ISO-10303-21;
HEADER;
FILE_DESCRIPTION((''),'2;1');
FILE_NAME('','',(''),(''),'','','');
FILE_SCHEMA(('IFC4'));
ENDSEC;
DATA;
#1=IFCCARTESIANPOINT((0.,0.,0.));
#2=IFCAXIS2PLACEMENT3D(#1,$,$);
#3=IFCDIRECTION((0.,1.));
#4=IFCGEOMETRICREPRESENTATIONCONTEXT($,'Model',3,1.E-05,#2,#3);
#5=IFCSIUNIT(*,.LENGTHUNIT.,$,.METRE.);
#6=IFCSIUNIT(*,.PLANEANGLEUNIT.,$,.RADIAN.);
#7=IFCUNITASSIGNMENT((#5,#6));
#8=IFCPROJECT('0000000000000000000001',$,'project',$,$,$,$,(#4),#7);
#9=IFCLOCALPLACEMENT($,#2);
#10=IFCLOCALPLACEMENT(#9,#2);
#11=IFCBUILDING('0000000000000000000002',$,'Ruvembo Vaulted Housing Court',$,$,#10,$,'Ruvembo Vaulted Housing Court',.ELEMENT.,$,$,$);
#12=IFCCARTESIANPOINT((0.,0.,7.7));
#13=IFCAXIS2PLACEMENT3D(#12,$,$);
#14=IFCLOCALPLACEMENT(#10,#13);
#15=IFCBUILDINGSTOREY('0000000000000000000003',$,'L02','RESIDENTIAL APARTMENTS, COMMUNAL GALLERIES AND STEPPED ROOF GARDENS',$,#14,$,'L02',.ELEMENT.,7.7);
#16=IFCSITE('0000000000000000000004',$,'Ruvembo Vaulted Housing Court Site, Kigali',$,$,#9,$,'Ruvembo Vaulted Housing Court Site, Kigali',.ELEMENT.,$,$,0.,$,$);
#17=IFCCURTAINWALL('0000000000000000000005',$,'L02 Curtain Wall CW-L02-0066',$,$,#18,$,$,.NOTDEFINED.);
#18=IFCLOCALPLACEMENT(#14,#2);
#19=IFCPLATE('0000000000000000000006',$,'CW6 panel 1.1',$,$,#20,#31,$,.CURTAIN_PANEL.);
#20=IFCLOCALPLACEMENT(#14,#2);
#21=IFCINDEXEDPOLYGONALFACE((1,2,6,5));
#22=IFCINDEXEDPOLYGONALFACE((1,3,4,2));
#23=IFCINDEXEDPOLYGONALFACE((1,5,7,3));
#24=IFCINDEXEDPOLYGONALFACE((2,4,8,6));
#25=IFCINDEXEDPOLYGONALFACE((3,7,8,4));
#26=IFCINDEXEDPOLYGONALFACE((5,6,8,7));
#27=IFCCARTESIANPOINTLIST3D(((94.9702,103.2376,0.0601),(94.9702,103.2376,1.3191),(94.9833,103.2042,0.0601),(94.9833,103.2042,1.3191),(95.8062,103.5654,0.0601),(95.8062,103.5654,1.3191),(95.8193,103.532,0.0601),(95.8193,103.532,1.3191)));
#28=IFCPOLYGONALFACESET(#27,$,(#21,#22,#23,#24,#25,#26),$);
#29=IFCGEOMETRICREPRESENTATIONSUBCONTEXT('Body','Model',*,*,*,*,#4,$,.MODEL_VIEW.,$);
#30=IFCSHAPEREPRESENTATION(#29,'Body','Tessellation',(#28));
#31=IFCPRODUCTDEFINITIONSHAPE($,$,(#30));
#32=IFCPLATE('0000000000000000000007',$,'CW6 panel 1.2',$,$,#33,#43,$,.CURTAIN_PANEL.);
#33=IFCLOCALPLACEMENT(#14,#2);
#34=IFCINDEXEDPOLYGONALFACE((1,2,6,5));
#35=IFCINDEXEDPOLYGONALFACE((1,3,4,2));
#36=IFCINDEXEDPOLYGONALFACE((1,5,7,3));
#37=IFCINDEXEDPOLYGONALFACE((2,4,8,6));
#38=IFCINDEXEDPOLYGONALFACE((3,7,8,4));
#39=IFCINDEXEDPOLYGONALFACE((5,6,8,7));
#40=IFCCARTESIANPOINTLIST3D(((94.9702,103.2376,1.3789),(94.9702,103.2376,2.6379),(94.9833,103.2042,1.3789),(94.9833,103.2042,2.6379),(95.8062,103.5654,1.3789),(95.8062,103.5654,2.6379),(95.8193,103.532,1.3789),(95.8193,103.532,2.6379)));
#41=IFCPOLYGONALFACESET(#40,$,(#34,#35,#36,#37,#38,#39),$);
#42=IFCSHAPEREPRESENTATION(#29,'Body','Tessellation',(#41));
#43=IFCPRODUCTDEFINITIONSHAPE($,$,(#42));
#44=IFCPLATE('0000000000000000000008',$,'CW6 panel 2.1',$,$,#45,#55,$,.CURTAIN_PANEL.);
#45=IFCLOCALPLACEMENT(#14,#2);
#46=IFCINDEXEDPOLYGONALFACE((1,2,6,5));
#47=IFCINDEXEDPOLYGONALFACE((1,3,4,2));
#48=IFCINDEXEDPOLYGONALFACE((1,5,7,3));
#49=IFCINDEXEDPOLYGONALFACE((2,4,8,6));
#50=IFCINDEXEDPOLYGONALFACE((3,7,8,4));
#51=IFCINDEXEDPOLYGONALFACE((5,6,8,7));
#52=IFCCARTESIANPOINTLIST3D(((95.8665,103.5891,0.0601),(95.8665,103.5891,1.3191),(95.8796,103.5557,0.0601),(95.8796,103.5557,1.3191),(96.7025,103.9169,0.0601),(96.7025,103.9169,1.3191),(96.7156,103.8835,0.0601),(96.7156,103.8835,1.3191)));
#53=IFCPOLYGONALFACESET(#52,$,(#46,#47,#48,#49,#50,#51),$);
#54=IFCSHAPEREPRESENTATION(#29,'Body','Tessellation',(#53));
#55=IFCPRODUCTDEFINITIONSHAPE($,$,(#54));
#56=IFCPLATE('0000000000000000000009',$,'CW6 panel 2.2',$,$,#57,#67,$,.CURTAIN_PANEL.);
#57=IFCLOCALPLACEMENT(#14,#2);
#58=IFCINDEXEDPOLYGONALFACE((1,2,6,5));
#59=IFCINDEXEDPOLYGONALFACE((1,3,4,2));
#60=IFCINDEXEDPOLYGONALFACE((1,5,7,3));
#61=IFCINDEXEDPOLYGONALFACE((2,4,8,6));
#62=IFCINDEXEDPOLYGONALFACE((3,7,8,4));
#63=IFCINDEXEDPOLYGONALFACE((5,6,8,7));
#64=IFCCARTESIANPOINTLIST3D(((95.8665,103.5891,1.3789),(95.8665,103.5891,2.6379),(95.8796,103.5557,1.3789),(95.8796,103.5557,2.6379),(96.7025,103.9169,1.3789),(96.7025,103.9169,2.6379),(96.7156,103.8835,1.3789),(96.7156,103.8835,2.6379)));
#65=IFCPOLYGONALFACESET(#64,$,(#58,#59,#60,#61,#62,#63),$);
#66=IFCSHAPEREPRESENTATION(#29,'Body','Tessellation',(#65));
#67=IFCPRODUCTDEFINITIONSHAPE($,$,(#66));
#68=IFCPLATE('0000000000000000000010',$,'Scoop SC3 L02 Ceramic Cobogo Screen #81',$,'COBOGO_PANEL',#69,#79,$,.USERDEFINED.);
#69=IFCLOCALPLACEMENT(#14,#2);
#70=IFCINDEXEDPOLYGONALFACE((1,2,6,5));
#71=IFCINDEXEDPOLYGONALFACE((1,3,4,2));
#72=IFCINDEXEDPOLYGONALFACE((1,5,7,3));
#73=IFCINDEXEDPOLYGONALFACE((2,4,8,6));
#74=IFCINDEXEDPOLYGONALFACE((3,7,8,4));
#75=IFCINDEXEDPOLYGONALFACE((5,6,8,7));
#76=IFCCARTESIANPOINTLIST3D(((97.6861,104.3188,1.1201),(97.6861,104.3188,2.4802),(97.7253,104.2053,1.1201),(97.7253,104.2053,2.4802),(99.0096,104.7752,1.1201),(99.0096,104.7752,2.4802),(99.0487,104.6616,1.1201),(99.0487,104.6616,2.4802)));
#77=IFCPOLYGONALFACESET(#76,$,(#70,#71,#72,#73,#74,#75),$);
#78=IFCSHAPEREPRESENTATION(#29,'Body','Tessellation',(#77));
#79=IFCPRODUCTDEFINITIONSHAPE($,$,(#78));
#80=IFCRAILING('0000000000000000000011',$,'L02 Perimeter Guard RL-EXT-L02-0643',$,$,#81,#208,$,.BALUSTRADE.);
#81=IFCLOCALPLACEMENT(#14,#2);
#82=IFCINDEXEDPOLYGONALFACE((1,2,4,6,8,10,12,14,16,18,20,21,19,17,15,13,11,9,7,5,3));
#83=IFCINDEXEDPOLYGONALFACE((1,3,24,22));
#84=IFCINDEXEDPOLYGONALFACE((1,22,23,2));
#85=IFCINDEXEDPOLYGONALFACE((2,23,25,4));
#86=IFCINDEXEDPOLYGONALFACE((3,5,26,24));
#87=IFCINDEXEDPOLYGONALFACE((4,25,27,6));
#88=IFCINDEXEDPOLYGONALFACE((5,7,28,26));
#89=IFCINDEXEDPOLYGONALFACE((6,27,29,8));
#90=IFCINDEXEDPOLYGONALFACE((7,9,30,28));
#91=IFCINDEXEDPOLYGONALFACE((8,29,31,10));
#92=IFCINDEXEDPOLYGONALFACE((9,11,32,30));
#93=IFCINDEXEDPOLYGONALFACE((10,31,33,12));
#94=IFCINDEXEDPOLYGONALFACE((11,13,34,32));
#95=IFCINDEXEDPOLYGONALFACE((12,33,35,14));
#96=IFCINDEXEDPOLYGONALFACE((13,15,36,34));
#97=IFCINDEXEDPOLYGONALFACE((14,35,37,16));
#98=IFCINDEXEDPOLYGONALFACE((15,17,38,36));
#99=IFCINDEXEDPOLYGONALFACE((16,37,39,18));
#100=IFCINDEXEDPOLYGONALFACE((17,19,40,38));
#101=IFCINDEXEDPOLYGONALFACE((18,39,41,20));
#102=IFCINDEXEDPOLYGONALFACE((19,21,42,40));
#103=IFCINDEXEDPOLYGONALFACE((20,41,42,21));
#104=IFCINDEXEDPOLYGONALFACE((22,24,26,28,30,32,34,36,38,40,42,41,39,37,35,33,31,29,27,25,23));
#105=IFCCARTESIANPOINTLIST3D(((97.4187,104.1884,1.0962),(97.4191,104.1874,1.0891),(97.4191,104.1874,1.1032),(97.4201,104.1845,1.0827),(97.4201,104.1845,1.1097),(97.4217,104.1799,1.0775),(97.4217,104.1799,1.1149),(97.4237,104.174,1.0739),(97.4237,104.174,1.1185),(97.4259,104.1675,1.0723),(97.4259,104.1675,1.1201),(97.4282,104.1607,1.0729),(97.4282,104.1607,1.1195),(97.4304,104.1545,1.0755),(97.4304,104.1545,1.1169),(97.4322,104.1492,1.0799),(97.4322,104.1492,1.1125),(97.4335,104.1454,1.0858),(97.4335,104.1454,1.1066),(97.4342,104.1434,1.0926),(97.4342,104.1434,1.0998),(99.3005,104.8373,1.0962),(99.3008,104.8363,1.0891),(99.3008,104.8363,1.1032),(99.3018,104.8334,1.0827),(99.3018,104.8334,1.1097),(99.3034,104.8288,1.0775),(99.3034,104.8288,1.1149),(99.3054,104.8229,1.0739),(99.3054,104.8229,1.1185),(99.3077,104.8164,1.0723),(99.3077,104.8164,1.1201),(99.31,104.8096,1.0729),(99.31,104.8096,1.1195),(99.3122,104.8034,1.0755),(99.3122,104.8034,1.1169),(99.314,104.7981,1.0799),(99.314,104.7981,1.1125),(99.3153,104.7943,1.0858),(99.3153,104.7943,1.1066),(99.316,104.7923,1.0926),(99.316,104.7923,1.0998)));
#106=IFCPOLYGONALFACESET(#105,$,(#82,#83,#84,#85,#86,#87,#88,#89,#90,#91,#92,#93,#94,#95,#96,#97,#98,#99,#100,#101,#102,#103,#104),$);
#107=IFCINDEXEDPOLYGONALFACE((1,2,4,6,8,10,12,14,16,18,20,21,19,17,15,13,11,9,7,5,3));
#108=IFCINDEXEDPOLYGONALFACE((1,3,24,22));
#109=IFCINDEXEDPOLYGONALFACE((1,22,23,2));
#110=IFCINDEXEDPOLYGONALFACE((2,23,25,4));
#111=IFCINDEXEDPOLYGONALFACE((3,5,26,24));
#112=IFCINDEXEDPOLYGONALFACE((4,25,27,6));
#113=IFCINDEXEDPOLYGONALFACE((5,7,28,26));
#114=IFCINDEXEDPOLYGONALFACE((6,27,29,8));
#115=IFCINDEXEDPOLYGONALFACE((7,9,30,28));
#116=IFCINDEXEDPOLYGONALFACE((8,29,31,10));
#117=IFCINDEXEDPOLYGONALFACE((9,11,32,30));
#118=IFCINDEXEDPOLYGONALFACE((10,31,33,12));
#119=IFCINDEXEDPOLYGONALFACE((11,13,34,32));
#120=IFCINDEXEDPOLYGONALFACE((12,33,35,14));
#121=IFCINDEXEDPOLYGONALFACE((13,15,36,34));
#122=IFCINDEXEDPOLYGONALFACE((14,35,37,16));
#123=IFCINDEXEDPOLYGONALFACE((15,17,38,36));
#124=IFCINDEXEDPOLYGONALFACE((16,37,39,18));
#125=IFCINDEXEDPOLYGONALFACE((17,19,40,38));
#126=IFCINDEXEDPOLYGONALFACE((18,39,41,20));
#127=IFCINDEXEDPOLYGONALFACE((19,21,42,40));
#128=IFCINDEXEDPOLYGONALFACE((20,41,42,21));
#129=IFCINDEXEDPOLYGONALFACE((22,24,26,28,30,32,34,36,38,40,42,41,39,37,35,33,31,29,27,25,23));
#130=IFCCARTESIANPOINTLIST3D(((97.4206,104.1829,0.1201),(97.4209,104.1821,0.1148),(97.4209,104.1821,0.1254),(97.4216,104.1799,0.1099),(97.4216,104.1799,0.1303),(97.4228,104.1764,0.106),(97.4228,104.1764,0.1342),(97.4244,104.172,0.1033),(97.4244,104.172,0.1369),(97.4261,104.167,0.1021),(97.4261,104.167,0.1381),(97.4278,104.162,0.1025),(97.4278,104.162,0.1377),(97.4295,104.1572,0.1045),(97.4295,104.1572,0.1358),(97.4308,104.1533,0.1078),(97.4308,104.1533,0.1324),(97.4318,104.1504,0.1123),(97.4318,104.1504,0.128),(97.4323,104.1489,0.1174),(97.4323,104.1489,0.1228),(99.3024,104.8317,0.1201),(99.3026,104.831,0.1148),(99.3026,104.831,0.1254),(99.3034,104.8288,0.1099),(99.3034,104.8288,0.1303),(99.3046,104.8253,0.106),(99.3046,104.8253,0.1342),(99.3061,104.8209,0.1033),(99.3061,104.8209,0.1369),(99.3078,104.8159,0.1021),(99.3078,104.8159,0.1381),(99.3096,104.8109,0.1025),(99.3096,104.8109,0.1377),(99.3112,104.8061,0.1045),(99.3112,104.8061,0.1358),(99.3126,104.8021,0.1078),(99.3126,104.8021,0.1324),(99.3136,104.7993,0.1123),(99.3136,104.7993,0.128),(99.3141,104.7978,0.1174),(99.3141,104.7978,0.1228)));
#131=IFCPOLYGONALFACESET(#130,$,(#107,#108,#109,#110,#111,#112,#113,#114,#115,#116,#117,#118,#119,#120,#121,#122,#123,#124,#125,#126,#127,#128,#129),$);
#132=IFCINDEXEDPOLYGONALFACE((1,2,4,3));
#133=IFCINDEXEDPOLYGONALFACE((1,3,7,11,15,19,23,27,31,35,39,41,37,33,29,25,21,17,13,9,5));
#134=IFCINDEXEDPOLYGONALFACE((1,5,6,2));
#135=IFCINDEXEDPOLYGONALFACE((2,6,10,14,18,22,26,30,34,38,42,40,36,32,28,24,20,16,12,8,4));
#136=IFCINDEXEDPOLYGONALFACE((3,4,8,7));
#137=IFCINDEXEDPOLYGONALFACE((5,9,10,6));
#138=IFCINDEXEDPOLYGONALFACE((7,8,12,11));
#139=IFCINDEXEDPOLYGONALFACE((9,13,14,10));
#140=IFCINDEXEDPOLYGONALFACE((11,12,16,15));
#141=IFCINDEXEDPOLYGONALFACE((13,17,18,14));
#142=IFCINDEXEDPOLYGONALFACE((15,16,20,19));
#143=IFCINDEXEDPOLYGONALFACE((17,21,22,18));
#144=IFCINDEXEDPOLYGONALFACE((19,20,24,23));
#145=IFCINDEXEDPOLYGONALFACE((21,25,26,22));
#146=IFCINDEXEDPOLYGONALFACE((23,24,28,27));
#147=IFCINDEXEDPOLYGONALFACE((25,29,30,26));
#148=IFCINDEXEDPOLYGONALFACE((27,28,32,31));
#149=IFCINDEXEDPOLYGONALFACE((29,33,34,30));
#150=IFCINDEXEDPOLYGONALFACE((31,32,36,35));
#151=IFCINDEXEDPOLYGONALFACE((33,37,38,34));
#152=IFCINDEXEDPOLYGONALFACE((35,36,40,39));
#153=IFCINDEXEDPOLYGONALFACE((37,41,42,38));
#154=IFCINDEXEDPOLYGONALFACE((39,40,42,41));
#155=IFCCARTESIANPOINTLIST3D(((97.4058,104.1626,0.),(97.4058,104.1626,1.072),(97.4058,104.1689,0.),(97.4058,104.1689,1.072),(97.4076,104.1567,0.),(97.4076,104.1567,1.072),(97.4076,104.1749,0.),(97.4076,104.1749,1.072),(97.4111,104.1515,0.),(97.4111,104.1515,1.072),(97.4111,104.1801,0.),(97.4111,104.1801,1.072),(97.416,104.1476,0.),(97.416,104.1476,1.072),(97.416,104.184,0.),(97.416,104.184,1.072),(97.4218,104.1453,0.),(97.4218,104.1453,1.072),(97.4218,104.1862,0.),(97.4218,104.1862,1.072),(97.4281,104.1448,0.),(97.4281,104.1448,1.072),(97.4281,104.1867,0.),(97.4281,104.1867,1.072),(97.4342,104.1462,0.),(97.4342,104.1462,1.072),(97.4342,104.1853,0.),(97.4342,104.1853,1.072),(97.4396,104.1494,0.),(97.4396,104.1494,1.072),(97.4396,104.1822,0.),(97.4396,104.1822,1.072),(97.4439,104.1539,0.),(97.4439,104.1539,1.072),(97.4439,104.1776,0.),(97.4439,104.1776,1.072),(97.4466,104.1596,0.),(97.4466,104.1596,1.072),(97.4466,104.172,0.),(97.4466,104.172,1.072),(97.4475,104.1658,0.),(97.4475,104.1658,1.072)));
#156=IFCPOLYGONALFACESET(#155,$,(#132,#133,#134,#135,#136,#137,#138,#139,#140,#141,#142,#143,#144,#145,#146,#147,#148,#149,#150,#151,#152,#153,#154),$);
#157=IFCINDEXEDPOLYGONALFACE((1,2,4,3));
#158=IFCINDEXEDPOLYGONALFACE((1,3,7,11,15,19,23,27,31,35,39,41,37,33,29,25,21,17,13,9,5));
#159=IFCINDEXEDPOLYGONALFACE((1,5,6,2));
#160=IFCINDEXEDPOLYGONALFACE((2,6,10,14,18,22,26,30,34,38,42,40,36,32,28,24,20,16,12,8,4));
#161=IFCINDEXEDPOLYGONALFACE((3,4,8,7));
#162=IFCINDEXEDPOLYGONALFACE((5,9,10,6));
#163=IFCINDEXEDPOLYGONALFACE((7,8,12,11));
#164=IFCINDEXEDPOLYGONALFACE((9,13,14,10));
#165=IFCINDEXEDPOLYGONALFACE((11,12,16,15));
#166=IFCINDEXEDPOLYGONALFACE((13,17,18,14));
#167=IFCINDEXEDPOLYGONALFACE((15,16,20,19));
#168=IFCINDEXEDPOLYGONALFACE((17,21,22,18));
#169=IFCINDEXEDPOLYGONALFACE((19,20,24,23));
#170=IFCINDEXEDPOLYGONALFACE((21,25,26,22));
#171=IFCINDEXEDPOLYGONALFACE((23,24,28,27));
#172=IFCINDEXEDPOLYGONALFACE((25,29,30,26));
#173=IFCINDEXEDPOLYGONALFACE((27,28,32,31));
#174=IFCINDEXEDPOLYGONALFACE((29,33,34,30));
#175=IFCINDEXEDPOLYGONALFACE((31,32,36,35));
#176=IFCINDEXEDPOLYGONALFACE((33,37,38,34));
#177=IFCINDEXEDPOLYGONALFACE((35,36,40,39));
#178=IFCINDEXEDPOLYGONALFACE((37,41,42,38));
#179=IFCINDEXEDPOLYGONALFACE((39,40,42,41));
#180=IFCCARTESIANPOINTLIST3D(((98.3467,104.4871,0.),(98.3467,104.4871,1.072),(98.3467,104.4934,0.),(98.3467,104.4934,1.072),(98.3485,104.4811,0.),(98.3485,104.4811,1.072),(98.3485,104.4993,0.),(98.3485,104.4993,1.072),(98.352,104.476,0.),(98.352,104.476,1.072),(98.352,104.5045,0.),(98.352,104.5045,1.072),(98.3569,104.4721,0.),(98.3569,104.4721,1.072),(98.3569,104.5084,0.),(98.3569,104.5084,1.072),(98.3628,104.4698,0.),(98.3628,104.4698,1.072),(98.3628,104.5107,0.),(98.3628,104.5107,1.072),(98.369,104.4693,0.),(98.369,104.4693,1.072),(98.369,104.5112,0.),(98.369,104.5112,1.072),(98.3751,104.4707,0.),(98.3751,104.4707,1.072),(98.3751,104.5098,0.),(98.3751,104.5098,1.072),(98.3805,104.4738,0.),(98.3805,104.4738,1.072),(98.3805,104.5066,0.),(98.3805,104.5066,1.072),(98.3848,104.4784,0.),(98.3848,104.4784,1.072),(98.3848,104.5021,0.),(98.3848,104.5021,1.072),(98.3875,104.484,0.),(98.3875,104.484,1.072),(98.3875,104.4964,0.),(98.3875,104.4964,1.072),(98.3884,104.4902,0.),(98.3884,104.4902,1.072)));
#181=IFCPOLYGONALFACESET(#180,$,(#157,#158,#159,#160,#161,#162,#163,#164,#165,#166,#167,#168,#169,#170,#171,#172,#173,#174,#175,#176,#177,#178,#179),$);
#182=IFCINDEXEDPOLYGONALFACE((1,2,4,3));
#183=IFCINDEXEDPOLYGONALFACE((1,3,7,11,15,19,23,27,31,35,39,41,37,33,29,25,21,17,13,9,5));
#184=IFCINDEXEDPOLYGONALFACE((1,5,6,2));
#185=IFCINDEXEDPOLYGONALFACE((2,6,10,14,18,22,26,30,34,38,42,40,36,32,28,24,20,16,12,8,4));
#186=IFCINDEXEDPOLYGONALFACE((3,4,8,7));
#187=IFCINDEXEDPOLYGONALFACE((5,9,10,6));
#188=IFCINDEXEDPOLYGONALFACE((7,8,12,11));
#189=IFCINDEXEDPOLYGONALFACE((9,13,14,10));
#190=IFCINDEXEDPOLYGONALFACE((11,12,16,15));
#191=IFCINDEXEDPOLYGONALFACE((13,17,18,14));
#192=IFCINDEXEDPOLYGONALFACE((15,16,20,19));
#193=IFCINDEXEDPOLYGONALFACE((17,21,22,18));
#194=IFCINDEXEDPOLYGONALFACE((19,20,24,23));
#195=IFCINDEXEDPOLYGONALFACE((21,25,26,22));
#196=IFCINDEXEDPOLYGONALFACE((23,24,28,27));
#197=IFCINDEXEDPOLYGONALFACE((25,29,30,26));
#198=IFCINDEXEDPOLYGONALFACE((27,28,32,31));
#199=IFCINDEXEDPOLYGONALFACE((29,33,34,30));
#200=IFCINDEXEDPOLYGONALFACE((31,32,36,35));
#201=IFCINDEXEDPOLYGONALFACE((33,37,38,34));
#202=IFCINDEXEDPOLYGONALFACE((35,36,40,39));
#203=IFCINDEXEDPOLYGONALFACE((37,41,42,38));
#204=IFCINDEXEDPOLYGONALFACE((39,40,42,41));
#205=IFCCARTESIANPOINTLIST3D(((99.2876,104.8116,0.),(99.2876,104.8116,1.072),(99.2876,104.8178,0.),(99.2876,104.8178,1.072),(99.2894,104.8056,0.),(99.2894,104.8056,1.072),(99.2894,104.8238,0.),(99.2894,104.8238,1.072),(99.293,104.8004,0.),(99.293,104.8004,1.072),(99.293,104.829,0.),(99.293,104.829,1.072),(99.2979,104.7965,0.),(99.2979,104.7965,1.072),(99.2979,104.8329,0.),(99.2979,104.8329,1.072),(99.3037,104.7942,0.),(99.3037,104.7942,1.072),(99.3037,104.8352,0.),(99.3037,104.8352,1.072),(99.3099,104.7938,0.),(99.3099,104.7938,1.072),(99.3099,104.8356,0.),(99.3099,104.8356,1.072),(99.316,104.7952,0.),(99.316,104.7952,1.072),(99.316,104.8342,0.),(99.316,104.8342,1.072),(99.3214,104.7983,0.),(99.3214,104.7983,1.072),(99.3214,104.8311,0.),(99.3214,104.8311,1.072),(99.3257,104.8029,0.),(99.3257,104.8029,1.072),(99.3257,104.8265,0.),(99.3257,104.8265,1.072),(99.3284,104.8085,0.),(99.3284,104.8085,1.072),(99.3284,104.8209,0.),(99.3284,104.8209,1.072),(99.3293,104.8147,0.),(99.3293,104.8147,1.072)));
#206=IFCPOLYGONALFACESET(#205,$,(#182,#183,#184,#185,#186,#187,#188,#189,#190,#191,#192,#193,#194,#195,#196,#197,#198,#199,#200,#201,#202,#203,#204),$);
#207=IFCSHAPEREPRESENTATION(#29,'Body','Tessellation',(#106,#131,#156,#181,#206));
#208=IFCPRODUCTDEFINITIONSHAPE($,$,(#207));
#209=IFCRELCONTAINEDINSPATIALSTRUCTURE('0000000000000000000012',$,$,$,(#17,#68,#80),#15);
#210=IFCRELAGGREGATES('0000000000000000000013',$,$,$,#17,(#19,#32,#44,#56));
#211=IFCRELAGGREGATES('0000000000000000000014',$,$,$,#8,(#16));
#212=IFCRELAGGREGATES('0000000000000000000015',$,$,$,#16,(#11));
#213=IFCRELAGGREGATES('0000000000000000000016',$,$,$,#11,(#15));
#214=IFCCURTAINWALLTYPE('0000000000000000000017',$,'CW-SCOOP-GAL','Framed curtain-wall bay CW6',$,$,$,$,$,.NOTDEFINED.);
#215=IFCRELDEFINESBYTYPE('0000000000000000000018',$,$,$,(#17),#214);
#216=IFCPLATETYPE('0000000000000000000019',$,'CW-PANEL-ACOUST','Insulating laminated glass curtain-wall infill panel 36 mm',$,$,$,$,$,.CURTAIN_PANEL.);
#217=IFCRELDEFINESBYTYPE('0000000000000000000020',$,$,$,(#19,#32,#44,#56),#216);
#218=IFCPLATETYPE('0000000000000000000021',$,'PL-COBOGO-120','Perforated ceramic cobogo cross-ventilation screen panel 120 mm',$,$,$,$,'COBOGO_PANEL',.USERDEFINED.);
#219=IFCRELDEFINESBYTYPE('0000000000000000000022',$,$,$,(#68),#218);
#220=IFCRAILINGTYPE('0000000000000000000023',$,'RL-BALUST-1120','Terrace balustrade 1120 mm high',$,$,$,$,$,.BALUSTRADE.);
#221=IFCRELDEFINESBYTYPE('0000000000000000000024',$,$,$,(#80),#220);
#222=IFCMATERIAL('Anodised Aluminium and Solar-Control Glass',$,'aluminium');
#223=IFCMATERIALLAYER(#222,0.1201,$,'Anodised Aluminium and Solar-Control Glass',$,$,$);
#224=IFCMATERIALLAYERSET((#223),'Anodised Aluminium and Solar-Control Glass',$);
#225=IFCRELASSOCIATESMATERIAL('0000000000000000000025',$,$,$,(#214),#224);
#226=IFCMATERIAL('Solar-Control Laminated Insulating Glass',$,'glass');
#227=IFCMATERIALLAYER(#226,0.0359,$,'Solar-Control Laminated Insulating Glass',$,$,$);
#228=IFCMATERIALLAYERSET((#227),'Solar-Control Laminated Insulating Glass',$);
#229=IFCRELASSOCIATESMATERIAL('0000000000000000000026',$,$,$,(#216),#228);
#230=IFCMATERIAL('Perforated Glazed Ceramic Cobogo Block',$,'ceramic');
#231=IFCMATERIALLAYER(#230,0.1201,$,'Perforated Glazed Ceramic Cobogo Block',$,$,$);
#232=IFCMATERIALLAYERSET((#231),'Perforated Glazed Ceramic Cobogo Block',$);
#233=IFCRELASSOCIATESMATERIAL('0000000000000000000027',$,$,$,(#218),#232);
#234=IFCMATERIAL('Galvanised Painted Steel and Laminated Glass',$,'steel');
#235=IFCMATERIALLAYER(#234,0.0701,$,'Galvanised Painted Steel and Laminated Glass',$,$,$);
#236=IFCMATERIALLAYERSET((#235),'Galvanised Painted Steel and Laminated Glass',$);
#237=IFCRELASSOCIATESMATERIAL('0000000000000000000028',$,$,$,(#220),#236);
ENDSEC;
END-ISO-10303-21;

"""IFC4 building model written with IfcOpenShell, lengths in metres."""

from ifc_helpers import new_model, si_unit, direction, frame, origin, origin_2d, place, context, subcontext, project, spatial, rectangle, circle, extrude, material, layer, layer_set, type_object, element, aggregate, save


model = new_model("IFC4")

# Units and contexts
model_context = context("Model", 3, precision=1e-05, world=origin(), true_north=direction((0.0, 1.0)))
body_context = subcontext(model_context, "Body", "Model", "MODEL_VIEW")
ifc_project = project(units=[si_unit("LENGTHUNIT", "METRE"), si_unit("PLANEANGLEUNIT", "RADIAN")], contexts=[model_context])

# Site, building, storey
site_placement = place(None, origin())
site = spatial("IfcSite", under=ifc_project, at=site_placement, Name="Ruvembo Vaulted Housing Court Site, Kigali", LongName="Ruvembo Vaulted Housing Court Site, Kigali", CompositionType="ELEMENT", RefElevation=0.0)
building_placement = place(site_placement, origin())
building = spatial("IfcBuilding", under=site, at=building_placement, Name="Ruvembo Vaulted Housing Court", LongName="Ruvembo Vaulted Housing Court", CompositionType="ELEMENT")
storey_placement = place(building_placement, frame((0.0, 0.0, 7.7)))
storey = spatial("IfcBuildingStorey", under=building, at=storey_placement, Name="L02", Description="RESIDENTIAL APARTMENTS, COMMUNAL GALLERIES AND STEPPED ROOF GARDENS", LongName="L02", CompositionType="ELEMENT", Elevation=7.7)

# Curtain wall, plates
ifc_material_1 = material(Name="Anodised Aluminium and Solar-Control Glass", Category="aluminium")
ifc_layer_1 = layer(ifc_material_1, 0.1201, Name="Anodised Aluminium and Solar-Control Glass")
ifc_layer_set_1 = layer_set([ifc_layer_1], Name="Anodised Aluminium and Solar-Control Glass")
curtain_wall_type = type_object("IfcCurtainWallType", Name="CW-SCOOP-GAL", Description="Framed curtain-wall bay CW6", PredefinedType="NOTDEFINED", material=ifc_layer_set_1)
curtain_wall_placement = place(storey_placement, origin())
curtain_wall = element("IfcCurtainWall", 1, at=curtain_wall_placement, inside=storey, type_object=curtain_wall_type, Name="L02 Curtain Wall CW-L02-0066", PredefinedType="NOTDEFINED")
ifc_material_2 = material(Name="Solar-Control Laminated Insulating Glass", Category="glass")
ifc_layer_2 = layer(ifc_material_2, 0.0359, Name="Solar-Control Laminated Insulating Glass")
ifc_layer_set_2 = layer_set([ifc_layer_2], Name="Solar-Control Laminated Insulating Glass")
plate_type_1 = type_object("IfcPlateType", Name="CW-PANEL-ACOUST", Description="Insulating laminated glass curtain-wall infill panel 36 mm", PredefinedType="CURTAIN_PANEL", material=ifc_layer_set_2)
plate_1_placement = place(storey_placement, frame((95.3948, 103.3848, 0.0601), z_axis=(0.0, 0.0, 1.0), x_axis=(0.930994, 0.365034, 0.0)))
plate_1 = element("IfcPlate", 2, at=plate_1_placement, type_object=plate_type_1, Name="CW6 panel 1.1", PredefinedType="CURTAIN_PANEL", context=body_context, shape_type="SweptSolid", body=[
    extrude(rectangle(XDim=0.8979, YDim=0.0359, at=origin_2d()), origin(), (0.0, 0.0, 1.0), 1.259),
])
plate_2_placement = place(storey_placement, frame((95.3948, 103.3848, 1.3789), z_axis=(0.0, 0.0, 1.0), x_axis=(0.930994, 0.365034, 0.0)))
plate_2 = element("IfcPlate", 3, at=plate_2_placement, type_object=plate_type_1, Name="CW6 panel 1.2", PredefinedType="CURTAIN_PANEL", context=body_context, shape_type="SweptSolid", body=[
    extrude(rectangle(XDim=0.8979, YDim=0.0359, at=origin_2d()), origin(), (0.0, 0.0, 1.0), 1.259),
])
plate_3_placement = place(storey_placement, frame((96.291, 103.7363, 0.0601), z_axis=(0.0, 0.0, 1.0), x_axis=(0.930994, 0.365034, 0.0)))
plate_3 = element("IfcPlate", 4, at=plate_3_placement, type_object=plate_type_1, Name="CW6 panel 2.1", PredefinedType="CURTAIN_PANEL", context=body_context, shape_type="SweptSolid", body=[
    extrude(rectangle(XDim=0.8979, YDim=0.0359, at=origin_2d()), origin(), (0.0, 0.0, 1.0), 1.259),
])
plate_4_placement = place(storey_placement, frame((96.291, 103.7363, 1.3789), z_axis=(0.0, 0.0, 1.0), x_axis=(0.930994, 0.365034, 0.0)))
plate_4 = element("IfcPlate", 5, at=plate_4_placement, type_object=plate_type_1, Name="CW6 panel 2.2", PredefinedType="CURTAIN_PANEL", context=body_context, shape_type="SweptSolid", body=[
    extrude(rectangle(XDim=0.8979, YDim=0.0359, at=origin_2d()), origin(), (0.0, 0.0, 1.0), 1.259),
])
aggregate(curtain_wall, [plate_1, plate_2, plate_3, plate_4])

# Plate
ifc_material_3 = material(Name="Perforated Glazed Ceramic Cobogo Block", Category="ceramic")
ifc_layer_3 = layer(ifc_material_3, 0.1201, Name="Perforated Glazed Ceramic Cobogo Block")
ifc_layer_set_3 = layer_set([ifc_layer_3], Name="Perforated Glazed Ceramic Cobogo Block")
plate_type_2 = type_object("IfcPlateType", Name="PL-COBOGO-120", Description="Perforated ceramic cobogo cross-ventilation screen panel 120 mm", ElementType="COBOGO_PANEL", PredefinedType="USERDEFINED", material=ifc_layer_set_3)
plate_5_placement = place(storey_placement, frame((98.3674, 104.4902, 1.1201), z_axis=(0.0, 0.0, 1.0), x_axis=(0.945371, 0.325997, 0.0)))
element("IfcPlate", 6, at=plate_5_placement, inside=storey, type_object=plate_type_2, Name="Scoop SC3 L02 Ceramic Cobogo Screen #81", ObjectType="COBOGO_PANEL", PredefinedType="USERDEFINED", context=body_context, shape_type="SweptSolid", body=[
    extrude(rectangle(XDim=1.3999, YDim=0.1201, at=origin_2d()), origin(), (0.0, 0.0, 1.0), 1.3601),
])

# Railing
ifc_material_4 = material(Name="Galvanised Painted Steel and Laminated Glass", Category="steel")
ifc_layer_4 = layer(ifc_material_4, 0.0701, Name="Galvanised Painted Steel and Laminated Glass")
ifc_layer_set_4 = layer_set([ifc_layer_4], Name="Galvanised Painted Steel and Laminated Glass")
railing_type = type_object("IfcRailingType", Name="RL-BALUST-1120", Description="Terrace balustrade 1120 mm high", PredefinedType="BALUSTRADE", material=ifc_layer_set_4)
railing_1_placement = place(storey_placement, frame((97.4265, 104.1658, 0.0)))
element("IfcRailing", 7, at=railing_1_placement, inside=storey, type_object=railing_type, Name="L02 Perimeter Guard RL-EXT-L02-0643", PredefinedType="BALUSTRADE", context=body_context, shape_type="SweptSolid", body=[
    extrude(circle(Radius=0.0239, at=origin_2d()), frame((0.0, 0.0, 1.0962), z_axis=(0.94537, 0.325998, 0.0), x_axis=(-0.325998, 0.94537, 0.0)), (0.0, 0.0, 1.0), 1.9905),
    extrude(circle(Radius=0.0181, at=origin_2d()), frame((0.0, 0.0, 0.1201), z_axis=(0.94537, 0.325998, 0.0), x_axis=(-0.325998, 0.94537, 0.0)), (0.0, 0.0, 1.0), 1.9905),
    extrude(circle(Radius=0.021, at=origin_2d()), origin(), (0.0, 0.0, 1.0), 1.072),
    extrude(circle(Radius=0.021, at=origin_2d()), frame((0.9409, 0.3245, 0.0)), (0.0, 0.0, 1.0), 1.072),
    extrude(circle(Radius=0.021, at=origin_2d()), frame((1.8818, 0.6489, 0.0)), (0.0, 0.0, 1.0), 1.072),
])

save(model, "model.ifc")
